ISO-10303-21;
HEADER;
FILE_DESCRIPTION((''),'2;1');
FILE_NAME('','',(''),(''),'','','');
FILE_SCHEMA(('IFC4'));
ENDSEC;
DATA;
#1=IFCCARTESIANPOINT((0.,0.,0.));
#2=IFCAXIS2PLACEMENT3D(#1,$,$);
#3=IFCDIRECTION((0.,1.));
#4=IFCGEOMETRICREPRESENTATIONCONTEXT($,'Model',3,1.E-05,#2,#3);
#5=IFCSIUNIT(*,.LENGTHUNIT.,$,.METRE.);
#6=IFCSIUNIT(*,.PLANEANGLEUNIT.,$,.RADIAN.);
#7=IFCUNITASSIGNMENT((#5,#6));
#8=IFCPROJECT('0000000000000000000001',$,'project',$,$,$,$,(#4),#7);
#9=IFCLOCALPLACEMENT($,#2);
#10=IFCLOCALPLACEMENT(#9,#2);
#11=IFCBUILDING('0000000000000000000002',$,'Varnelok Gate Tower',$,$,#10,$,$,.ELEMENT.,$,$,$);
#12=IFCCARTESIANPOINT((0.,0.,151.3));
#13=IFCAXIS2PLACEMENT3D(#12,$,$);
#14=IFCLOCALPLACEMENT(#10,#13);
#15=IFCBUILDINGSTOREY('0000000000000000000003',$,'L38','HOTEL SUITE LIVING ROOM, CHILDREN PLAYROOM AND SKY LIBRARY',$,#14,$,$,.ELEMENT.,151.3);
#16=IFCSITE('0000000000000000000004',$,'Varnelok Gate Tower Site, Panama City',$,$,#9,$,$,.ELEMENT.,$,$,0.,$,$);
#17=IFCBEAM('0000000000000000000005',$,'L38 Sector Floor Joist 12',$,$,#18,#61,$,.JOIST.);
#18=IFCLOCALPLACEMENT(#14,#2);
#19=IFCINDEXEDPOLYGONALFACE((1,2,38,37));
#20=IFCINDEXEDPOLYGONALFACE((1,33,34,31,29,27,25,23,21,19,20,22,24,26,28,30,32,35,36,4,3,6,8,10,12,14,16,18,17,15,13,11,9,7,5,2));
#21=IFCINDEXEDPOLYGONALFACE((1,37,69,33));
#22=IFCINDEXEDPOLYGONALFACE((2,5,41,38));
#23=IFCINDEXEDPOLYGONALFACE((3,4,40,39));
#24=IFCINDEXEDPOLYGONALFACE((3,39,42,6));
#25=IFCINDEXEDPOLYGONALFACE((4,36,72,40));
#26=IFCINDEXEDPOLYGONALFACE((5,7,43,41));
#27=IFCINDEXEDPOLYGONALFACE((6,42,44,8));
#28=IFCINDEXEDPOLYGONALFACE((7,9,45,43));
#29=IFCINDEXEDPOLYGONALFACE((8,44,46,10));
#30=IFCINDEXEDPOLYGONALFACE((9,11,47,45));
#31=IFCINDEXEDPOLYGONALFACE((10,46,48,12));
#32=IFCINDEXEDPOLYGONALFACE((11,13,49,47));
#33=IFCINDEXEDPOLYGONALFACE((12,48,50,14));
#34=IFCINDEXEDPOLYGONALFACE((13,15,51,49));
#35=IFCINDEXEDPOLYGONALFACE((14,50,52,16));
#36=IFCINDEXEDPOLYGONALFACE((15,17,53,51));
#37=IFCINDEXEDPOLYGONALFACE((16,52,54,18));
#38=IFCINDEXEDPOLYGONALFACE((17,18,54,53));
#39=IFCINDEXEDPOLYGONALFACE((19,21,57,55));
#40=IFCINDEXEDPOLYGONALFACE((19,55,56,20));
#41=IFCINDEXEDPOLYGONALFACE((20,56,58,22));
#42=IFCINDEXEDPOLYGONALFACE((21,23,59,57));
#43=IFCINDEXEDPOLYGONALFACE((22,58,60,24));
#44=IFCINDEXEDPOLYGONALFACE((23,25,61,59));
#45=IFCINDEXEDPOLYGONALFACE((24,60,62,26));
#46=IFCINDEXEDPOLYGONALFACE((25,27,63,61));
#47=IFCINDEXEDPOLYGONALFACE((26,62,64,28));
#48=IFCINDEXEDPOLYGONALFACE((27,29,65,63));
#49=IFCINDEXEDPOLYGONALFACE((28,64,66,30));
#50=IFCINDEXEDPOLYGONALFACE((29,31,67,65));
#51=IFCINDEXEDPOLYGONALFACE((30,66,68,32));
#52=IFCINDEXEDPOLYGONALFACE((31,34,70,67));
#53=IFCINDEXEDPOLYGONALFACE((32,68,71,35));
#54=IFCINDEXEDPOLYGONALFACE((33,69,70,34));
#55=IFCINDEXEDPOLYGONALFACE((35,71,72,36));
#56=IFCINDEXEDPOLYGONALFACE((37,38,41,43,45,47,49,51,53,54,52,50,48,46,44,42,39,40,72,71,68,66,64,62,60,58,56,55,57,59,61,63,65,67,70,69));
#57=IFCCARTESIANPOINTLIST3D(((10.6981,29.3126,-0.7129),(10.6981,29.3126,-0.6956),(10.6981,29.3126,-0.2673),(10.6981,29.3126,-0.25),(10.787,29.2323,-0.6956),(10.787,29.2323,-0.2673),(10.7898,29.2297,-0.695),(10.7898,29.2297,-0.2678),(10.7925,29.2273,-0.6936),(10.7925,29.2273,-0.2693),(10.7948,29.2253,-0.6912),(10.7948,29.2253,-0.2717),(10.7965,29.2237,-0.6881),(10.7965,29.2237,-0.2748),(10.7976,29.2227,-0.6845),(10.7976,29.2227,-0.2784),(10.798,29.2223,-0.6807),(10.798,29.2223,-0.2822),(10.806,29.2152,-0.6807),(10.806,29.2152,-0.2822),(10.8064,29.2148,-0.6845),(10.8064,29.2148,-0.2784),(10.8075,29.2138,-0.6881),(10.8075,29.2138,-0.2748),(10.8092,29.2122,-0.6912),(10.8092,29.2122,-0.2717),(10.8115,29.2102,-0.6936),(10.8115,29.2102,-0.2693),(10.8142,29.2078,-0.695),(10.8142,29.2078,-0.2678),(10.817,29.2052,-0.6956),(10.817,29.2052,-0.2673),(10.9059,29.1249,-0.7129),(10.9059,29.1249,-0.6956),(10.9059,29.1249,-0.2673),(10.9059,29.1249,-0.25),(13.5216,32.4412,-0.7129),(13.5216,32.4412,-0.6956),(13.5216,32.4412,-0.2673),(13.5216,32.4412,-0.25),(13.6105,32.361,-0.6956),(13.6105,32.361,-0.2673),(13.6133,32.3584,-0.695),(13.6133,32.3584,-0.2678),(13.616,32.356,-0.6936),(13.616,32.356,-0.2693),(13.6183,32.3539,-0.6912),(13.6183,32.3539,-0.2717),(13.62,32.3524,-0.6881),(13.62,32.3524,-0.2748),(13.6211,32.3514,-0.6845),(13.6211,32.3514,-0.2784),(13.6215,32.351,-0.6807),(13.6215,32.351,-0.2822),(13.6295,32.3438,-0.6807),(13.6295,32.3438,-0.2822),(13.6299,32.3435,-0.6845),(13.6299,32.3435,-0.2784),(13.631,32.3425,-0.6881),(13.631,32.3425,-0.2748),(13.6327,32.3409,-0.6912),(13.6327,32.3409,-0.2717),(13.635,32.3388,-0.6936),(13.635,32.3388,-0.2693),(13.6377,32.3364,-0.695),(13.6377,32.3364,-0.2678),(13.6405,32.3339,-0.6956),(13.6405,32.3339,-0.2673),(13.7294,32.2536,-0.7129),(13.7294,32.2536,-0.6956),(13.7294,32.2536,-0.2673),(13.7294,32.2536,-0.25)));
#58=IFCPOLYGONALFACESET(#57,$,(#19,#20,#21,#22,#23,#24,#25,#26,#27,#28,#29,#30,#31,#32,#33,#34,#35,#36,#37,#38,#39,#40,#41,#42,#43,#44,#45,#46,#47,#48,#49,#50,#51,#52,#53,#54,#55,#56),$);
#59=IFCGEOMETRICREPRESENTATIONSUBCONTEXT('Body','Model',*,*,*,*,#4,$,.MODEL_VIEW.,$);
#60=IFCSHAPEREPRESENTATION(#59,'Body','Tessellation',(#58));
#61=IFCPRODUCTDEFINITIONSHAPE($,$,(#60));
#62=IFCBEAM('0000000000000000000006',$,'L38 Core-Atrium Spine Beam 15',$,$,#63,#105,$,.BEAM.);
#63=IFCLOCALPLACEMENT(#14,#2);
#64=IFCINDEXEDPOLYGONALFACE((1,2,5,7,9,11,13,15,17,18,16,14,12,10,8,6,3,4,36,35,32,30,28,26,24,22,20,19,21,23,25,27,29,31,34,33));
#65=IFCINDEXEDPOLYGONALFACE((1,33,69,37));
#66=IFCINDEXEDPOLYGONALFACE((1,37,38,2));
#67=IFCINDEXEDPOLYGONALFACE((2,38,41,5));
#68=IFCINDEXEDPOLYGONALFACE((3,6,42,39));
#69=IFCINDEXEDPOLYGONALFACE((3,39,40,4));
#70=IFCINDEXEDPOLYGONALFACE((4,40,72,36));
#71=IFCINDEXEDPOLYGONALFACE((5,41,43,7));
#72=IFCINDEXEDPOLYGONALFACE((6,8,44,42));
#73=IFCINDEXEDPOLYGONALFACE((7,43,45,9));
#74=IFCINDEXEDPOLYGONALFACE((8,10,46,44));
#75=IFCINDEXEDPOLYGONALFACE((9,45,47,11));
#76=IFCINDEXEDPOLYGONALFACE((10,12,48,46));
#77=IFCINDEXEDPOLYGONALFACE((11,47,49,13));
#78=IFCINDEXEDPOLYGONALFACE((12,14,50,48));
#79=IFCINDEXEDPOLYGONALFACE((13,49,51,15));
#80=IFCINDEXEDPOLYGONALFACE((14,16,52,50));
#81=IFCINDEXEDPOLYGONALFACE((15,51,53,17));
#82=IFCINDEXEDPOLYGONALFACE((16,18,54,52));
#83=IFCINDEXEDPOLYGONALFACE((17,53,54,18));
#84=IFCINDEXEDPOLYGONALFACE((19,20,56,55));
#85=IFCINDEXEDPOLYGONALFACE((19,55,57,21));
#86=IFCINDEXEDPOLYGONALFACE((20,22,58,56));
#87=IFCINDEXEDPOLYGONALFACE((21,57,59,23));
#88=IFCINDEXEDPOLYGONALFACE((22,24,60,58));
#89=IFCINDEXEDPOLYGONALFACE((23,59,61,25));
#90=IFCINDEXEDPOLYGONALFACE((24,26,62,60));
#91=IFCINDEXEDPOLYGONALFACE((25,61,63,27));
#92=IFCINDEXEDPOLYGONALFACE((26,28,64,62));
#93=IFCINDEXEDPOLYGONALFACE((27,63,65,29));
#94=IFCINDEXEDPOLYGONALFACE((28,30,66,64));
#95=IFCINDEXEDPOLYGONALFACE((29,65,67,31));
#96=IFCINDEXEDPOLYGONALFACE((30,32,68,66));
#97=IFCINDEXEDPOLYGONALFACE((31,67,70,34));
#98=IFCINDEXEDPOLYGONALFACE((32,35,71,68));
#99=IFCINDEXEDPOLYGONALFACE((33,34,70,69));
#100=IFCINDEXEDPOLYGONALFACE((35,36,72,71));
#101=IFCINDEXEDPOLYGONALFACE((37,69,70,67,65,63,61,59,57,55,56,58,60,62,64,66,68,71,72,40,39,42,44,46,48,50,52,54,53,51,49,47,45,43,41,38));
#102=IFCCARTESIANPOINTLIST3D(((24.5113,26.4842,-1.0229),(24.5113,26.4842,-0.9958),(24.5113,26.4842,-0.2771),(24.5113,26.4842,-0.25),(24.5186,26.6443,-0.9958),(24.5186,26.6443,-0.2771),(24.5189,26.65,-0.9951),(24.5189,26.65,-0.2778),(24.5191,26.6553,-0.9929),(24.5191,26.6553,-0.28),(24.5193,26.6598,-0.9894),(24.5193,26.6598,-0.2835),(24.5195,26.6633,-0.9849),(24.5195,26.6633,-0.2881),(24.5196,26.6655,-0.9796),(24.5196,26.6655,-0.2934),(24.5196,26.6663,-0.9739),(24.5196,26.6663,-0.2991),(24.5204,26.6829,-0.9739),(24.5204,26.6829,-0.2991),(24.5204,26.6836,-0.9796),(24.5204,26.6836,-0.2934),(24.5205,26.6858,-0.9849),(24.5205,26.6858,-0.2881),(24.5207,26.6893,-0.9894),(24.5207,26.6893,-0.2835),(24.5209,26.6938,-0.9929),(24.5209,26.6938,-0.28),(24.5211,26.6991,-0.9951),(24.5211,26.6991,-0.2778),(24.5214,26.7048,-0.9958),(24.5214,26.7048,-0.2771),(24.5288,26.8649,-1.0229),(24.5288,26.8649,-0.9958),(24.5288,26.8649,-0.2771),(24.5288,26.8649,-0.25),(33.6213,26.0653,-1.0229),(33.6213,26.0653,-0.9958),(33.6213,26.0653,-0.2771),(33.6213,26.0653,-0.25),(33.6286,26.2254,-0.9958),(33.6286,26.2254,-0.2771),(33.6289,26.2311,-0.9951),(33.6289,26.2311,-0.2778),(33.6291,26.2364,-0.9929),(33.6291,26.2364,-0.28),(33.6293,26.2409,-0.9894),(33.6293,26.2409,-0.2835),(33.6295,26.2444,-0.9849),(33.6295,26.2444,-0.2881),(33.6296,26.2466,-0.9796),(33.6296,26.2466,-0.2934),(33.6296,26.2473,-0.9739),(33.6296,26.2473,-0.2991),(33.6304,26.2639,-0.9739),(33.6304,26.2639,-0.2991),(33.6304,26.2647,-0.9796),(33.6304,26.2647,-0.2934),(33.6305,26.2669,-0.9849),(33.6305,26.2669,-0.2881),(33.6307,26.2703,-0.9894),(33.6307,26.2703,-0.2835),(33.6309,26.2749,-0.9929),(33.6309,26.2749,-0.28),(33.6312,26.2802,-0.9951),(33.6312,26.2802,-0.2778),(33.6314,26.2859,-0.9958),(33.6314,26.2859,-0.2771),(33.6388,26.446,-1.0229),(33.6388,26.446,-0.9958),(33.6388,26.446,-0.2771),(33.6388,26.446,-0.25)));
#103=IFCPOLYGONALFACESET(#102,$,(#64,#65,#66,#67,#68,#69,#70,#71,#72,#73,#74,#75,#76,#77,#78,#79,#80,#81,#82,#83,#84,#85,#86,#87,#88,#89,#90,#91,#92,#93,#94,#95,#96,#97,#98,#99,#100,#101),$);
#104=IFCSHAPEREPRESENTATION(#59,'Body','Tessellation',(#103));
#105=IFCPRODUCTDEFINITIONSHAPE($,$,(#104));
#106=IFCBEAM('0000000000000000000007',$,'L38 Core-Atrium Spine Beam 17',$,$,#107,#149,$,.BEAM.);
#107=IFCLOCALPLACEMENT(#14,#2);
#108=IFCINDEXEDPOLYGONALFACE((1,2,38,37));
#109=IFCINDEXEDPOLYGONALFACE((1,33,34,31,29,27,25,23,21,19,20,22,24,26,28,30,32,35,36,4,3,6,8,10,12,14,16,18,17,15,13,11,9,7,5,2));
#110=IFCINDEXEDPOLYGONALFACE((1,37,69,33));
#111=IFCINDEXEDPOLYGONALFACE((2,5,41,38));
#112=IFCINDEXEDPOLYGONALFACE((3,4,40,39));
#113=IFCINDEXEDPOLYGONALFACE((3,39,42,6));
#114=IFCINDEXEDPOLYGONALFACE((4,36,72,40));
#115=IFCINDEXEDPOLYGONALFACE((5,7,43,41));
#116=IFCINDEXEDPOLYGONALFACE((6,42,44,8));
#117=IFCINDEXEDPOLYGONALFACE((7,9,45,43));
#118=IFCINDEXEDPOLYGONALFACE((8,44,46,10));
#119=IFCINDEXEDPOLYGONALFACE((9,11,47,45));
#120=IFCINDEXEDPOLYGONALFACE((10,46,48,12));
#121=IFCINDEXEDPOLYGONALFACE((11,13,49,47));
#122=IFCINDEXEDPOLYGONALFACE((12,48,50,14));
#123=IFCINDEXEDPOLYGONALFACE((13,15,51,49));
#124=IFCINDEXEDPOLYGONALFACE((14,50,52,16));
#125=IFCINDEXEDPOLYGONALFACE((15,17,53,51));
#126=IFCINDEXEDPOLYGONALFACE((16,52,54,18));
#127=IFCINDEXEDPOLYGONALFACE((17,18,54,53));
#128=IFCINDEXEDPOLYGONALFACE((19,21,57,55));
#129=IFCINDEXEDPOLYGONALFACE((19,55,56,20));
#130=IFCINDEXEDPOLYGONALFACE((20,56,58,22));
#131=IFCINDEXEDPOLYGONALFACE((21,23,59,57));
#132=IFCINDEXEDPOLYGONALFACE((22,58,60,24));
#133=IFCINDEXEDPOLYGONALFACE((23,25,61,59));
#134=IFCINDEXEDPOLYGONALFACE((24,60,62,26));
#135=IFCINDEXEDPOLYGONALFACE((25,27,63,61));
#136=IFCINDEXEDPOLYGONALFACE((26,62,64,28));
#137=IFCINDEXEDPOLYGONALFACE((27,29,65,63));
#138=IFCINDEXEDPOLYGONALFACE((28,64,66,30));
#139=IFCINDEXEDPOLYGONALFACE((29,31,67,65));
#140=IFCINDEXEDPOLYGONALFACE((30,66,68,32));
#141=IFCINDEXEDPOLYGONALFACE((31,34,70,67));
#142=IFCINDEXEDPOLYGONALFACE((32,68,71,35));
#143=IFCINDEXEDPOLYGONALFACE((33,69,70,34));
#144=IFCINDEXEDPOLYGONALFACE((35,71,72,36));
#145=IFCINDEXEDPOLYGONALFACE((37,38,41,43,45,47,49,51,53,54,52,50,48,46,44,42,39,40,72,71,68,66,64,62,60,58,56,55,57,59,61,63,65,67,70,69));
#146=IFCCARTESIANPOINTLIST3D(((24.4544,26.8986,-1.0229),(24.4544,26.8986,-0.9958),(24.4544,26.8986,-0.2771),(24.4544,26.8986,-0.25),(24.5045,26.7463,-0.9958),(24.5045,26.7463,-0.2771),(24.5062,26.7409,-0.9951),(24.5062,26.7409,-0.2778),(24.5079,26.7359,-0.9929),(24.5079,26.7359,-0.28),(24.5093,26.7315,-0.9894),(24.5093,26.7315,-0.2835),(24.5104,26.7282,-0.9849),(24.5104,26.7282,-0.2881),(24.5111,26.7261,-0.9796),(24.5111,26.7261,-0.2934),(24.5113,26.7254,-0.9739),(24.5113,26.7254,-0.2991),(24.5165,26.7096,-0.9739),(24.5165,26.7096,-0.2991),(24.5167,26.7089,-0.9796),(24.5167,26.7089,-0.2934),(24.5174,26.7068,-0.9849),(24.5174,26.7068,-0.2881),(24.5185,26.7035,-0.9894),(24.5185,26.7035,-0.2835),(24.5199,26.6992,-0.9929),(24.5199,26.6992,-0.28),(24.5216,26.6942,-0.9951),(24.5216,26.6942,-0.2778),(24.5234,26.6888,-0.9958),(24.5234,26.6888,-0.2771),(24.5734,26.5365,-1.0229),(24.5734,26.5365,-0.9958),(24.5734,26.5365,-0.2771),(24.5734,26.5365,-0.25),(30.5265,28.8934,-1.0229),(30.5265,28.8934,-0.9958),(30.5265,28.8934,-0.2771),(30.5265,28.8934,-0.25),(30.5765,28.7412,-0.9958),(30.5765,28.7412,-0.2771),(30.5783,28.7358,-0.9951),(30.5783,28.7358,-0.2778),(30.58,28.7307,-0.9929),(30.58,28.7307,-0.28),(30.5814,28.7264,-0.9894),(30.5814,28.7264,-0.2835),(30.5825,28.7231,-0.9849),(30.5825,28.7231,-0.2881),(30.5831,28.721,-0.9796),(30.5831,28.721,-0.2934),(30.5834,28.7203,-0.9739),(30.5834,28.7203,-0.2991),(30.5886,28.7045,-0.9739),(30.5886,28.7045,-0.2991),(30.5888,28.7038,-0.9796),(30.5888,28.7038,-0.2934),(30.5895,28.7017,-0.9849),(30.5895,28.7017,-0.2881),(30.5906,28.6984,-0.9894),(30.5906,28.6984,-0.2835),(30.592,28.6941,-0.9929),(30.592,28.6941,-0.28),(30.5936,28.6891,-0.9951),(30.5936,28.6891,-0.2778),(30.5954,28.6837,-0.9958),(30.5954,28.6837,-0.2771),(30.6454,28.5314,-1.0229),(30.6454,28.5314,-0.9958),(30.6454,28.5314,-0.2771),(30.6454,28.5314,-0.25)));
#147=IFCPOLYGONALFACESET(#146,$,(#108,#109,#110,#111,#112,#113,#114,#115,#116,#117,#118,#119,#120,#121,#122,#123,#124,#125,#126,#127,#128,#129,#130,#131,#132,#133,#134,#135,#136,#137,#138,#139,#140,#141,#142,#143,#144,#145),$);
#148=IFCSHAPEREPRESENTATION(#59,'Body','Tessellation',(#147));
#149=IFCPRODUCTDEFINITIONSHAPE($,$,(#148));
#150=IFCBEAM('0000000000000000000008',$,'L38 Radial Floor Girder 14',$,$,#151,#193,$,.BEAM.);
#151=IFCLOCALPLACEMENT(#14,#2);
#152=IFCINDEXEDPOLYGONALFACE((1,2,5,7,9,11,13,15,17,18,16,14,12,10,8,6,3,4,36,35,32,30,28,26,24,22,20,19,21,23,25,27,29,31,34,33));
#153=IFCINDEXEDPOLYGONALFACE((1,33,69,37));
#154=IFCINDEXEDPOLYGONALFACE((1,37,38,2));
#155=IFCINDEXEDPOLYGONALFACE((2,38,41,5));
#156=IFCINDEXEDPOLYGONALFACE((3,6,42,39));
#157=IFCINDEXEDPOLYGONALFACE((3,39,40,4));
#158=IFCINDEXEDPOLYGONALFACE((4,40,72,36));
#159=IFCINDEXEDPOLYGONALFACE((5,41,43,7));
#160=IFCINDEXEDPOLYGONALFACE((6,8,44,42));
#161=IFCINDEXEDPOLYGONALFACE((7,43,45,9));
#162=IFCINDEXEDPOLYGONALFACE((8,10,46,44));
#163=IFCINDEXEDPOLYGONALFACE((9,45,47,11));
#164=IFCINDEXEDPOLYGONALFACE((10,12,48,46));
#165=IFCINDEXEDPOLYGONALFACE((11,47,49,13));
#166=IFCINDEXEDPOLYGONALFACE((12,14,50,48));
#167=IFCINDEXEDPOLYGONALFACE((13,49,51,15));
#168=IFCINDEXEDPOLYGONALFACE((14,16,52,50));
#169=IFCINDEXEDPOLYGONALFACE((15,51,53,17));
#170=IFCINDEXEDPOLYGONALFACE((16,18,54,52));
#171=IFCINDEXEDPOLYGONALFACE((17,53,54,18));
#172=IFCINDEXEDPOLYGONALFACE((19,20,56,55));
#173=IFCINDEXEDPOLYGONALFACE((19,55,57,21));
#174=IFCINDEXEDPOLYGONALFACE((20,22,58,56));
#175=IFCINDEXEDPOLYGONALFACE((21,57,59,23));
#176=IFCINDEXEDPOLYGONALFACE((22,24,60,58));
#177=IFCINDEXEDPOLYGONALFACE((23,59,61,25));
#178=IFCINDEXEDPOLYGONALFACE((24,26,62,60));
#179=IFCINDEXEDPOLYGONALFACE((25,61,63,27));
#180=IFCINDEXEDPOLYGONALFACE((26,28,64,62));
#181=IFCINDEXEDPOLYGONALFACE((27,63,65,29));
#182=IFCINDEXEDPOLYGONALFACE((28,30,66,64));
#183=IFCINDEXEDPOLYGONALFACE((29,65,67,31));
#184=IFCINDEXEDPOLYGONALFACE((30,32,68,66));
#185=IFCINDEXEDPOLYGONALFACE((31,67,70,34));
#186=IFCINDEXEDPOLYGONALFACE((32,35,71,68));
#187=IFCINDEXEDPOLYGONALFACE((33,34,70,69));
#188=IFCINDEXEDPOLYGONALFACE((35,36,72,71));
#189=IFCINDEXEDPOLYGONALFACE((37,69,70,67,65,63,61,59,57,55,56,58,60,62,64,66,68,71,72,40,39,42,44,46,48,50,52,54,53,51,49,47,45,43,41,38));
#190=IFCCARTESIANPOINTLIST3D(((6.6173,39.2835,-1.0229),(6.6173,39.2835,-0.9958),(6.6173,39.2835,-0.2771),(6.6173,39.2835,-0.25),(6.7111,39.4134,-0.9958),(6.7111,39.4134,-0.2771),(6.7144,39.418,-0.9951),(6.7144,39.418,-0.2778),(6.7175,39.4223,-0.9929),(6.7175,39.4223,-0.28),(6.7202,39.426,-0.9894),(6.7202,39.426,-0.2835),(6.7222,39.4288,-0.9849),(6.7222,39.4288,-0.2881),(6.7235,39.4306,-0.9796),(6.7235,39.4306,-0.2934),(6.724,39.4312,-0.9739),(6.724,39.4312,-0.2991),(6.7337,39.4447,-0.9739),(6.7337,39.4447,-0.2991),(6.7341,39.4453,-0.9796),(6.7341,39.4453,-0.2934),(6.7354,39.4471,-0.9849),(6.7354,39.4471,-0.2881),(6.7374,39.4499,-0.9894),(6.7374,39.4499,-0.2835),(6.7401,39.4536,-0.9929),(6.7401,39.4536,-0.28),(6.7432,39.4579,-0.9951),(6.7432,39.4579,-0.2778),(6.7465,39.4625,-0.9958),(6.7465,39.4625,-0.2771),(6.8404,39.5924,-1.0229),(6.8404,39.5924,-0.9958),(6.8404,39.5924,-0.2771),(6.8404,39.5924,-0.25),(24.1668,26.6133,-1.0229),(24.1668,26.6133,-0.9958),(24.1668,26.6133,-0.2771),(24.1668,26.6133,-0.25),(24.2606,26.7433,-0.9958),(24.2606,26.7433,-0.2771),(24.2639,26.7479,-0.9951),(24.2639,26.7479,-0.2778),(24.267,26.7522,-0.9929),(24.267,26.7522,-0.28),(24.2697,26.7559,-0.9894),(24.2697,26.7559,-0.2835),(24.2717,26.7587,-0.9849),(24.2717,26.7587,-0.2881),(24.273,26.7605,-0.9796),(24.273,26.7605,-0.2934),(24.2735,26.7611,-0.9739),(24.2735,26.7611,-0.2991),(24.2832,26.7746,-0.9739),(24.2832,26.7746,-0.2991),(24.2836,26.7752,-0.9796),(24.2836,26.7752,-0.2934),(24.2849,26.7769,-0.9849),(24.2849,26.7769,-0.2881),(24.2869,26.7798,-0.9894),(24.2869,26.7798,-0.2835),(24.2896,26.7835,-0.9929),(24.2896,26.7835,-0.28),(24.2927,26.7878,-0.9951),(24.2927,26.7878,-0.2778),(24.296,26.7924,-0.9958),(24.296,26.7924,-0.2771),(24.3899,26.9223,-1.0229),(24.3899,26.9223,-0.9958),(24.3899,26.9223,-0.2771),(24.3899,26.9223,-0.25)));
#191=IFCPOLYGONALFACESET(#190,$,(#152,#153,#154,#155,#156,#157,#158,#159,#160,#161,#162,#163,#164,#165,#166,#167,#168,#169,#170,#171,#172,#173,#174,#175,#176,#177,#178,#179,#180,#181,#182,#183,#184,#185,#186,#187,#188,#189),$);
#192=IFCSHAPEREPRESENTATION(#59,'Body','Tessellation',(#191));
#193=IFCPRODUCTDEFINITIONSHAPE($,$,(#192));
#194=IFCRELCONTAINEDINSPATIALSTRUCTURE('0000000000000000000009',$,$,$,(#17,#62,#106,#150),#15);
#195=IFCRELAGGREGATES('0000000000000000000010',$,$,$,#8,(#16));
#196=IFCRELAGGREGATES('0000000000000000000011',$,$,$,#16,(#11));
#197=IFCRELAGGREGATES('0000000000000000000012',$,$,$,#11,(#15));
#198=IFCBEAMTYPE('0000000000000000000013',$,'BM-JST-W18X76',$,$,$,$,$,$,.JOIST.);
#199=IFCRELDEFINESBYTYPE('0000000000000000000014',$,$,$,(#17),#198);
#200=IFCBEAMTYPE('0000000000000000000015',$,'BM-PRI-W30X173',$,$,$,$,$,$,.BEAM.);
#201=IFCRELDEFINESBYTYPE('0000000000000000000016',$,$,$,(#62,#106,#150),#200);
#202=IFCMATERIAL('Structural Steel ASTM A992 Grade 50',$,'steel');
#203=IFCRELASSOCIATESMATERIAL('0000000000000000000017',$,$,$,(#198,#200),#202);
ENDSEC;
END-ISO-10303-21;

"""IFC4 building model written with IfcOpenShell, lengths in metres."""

from ifc_helpers import new_model, si_unit, direction, frame, origin, origin_2d, place, context, subcontext, project, spatial, i_section, extrude, material, material_profile, profile_set, type_object, element, save


model = new_model("IFC4")

# Units and contexts
model_context = context("Model", 3, precision=1e-05, world=origin(), true_north=direction((0.0, 1.0)))
body_context = subcontext(model_context, "Body", "Model", "MODEL_VIEW")
ifc_project = project(units=[si_unit("LENGTHUNIT", "METRE"), si_unit("PLANEANGLEUNIT", "RADIAN")], contexts=[model_context])

# Site, building, storey
site_placement = place(None, origin())
site = spatial("IfcSite", under=ifc_project, at=site_placement, Name="Varnelok Gate Tower Site, Panama City", CompositionType="ELEMENT", RefElevation=0.0)
building_placement = place(site_placement, origin())
building = spatial("IfcBuilding", under=site, at=building_placement, Name="Varnelok Gate Tower", CompositionType="ELEMENT")
storey_placement = place(building_placement, frame((0.0, 0.0, 151.3)))
storey = spatial("IfcBuildingStorey", under=building, at=storey_placement, Name="L38", Description="HOTEL SUITE LIVING ROOM, CHILDREN PLAYROOM AND SKY LIBRARY", CompositionType="ELEMENT", Elevation=151.3)

# Shared definitions
ifc_material_1 = material(Name="Structural Steel ASTM A992 Grade 50", Category="steel")

# Beams
ifc_material_profile_1 = material_profile(ifc_material_1, i_section(OverallWidth=0.28, OverallDepth=0.4629, WebThickness=0.0107, FlangeThickness=0.0173, FilletRadius=0.0149, at=origin_2d()), Name="W18X76")
ifc_profile_set_1 = profile_set([ifc_material_profile_1], Name="Structural Steel ASTM A992 Grade 50")
beam_type_1 = type_object("IfcBeamType", Name="BM-JST-W18X76", PredefinedType="JOIST", material=ifc_profile_set_1)
beam_1_placement = place(storey_placement, frame((10.802, 29.2188, -0.4814), z_axis=(0.669972, 0.742386, 0.0), x_axis=(-0.742386, 0.669972, 0.0)))
element("IfcBeam", 1, at=beam_1_placement, inside=storey, type_object=beam_type_1, Name="L38 Sector Floor Joist 12", PredefinedType="JOIST", context=body_context, shape_type="SweptSolid", body=[
    extrude(i_section(OverallWidth=0.28, OverallDepth=0.4629, WebThickness=0.0107, FlangeThickness=0.0173, FilletRadius=0.0149, at=origin_2d()), origin(), (0.0, 0.0, 1.0), 4.2144),
])
ifc_material_profile_2 = material_profile(ifc_material_1, i_section(OverallWidth=0.3811, OverallDepth=0.7729, WebThickness=0.0166, FlangeThickness=0.0271, FilletRadius=0.022, at=origin_2d()), Name="W30X173")
ifc_profile_set_2 = profile_set([ifc_material_profile_2], Name="Structural Steel ASTM A992 Grade 50")
beam_type_2 = type_object("IfcBeamType", Name="BM-PRI-W30X173", PredefinedType="BEAM", material=ifc_profile_set_2)
beam_2_placement = place(storey_placement, frame((24.52, 26.6746, -0.6365), z_axis=(0.998944, -0.045938, 0.0), x_axis=(0.045938, 0.998944, 0.0)))
element("IfcBeam", 2, at=beam_2_placement, inside=storey, type_object=beam_type_2, Name="L38 Core-Atrium Spine Beam 15", PredefinedType="BEAM", context=body_context, shape_type="SweptSolid", body=[
    extrude(i_section(OverallWidth=0.3811, OverallDepth=0.7729, WebThickness=0.0166, FlangeThickness=0.0271, FilletRadius=0.022, at=origin_2d()), origin(), (0.0, 0.0, 1.0), 9.1196),
])
beam_3_placement = place(storey_placement, frame((24.5139, 26.7175, -0.6365), z_axis=(0.950042, 0.312122, 0.0), x_axis=(-0.312122, 0.950042, 0.0)))
element("IfcBeam", 3, at=beam_3_placement, inside=storey, type_object=beam_type_2, Name="L38 Core-Atrium Spine Beam 17", PredefinedType="BEAM", context=body_context, shape_type="SweptSolid", body=[
    extrude(i_section(OverallWidth=0.3811, OverallDepth=0.7729, WebThickness=0.0166, FlangeThickness=0.0271, FilletRadius=0.022, at=origin_2d()), origin(), (0.0, 0.0, 1.0), 6.3914),
])
beam_4_placement = place(storey_placement, frame((24.2783, 26.7678, -0.6365), z_axis=(-0.810778, 0.585353, 0.0), x_axis=(-0.585353, -0.810778, 0.0)))
element("IfcBeam", 4, at=beam_4_placement, inside=storey, type_object=beam_type_2, Name="L38 Radial Floor Girder 14", PredefinedType="BEAM", context=body_context, shape_type="SweptSolid", body=[
    extrude(i_section(OverallWidth=0.3811, OverallDepth=0.7729, WebThickness=0.0166, FlangeThickness=0.0271, FilletRadius=0.022, at=origin_2d()), origin(), (0.0, 0.0, 1.0), 21.6453),
])

save(model, "model.ifc")
